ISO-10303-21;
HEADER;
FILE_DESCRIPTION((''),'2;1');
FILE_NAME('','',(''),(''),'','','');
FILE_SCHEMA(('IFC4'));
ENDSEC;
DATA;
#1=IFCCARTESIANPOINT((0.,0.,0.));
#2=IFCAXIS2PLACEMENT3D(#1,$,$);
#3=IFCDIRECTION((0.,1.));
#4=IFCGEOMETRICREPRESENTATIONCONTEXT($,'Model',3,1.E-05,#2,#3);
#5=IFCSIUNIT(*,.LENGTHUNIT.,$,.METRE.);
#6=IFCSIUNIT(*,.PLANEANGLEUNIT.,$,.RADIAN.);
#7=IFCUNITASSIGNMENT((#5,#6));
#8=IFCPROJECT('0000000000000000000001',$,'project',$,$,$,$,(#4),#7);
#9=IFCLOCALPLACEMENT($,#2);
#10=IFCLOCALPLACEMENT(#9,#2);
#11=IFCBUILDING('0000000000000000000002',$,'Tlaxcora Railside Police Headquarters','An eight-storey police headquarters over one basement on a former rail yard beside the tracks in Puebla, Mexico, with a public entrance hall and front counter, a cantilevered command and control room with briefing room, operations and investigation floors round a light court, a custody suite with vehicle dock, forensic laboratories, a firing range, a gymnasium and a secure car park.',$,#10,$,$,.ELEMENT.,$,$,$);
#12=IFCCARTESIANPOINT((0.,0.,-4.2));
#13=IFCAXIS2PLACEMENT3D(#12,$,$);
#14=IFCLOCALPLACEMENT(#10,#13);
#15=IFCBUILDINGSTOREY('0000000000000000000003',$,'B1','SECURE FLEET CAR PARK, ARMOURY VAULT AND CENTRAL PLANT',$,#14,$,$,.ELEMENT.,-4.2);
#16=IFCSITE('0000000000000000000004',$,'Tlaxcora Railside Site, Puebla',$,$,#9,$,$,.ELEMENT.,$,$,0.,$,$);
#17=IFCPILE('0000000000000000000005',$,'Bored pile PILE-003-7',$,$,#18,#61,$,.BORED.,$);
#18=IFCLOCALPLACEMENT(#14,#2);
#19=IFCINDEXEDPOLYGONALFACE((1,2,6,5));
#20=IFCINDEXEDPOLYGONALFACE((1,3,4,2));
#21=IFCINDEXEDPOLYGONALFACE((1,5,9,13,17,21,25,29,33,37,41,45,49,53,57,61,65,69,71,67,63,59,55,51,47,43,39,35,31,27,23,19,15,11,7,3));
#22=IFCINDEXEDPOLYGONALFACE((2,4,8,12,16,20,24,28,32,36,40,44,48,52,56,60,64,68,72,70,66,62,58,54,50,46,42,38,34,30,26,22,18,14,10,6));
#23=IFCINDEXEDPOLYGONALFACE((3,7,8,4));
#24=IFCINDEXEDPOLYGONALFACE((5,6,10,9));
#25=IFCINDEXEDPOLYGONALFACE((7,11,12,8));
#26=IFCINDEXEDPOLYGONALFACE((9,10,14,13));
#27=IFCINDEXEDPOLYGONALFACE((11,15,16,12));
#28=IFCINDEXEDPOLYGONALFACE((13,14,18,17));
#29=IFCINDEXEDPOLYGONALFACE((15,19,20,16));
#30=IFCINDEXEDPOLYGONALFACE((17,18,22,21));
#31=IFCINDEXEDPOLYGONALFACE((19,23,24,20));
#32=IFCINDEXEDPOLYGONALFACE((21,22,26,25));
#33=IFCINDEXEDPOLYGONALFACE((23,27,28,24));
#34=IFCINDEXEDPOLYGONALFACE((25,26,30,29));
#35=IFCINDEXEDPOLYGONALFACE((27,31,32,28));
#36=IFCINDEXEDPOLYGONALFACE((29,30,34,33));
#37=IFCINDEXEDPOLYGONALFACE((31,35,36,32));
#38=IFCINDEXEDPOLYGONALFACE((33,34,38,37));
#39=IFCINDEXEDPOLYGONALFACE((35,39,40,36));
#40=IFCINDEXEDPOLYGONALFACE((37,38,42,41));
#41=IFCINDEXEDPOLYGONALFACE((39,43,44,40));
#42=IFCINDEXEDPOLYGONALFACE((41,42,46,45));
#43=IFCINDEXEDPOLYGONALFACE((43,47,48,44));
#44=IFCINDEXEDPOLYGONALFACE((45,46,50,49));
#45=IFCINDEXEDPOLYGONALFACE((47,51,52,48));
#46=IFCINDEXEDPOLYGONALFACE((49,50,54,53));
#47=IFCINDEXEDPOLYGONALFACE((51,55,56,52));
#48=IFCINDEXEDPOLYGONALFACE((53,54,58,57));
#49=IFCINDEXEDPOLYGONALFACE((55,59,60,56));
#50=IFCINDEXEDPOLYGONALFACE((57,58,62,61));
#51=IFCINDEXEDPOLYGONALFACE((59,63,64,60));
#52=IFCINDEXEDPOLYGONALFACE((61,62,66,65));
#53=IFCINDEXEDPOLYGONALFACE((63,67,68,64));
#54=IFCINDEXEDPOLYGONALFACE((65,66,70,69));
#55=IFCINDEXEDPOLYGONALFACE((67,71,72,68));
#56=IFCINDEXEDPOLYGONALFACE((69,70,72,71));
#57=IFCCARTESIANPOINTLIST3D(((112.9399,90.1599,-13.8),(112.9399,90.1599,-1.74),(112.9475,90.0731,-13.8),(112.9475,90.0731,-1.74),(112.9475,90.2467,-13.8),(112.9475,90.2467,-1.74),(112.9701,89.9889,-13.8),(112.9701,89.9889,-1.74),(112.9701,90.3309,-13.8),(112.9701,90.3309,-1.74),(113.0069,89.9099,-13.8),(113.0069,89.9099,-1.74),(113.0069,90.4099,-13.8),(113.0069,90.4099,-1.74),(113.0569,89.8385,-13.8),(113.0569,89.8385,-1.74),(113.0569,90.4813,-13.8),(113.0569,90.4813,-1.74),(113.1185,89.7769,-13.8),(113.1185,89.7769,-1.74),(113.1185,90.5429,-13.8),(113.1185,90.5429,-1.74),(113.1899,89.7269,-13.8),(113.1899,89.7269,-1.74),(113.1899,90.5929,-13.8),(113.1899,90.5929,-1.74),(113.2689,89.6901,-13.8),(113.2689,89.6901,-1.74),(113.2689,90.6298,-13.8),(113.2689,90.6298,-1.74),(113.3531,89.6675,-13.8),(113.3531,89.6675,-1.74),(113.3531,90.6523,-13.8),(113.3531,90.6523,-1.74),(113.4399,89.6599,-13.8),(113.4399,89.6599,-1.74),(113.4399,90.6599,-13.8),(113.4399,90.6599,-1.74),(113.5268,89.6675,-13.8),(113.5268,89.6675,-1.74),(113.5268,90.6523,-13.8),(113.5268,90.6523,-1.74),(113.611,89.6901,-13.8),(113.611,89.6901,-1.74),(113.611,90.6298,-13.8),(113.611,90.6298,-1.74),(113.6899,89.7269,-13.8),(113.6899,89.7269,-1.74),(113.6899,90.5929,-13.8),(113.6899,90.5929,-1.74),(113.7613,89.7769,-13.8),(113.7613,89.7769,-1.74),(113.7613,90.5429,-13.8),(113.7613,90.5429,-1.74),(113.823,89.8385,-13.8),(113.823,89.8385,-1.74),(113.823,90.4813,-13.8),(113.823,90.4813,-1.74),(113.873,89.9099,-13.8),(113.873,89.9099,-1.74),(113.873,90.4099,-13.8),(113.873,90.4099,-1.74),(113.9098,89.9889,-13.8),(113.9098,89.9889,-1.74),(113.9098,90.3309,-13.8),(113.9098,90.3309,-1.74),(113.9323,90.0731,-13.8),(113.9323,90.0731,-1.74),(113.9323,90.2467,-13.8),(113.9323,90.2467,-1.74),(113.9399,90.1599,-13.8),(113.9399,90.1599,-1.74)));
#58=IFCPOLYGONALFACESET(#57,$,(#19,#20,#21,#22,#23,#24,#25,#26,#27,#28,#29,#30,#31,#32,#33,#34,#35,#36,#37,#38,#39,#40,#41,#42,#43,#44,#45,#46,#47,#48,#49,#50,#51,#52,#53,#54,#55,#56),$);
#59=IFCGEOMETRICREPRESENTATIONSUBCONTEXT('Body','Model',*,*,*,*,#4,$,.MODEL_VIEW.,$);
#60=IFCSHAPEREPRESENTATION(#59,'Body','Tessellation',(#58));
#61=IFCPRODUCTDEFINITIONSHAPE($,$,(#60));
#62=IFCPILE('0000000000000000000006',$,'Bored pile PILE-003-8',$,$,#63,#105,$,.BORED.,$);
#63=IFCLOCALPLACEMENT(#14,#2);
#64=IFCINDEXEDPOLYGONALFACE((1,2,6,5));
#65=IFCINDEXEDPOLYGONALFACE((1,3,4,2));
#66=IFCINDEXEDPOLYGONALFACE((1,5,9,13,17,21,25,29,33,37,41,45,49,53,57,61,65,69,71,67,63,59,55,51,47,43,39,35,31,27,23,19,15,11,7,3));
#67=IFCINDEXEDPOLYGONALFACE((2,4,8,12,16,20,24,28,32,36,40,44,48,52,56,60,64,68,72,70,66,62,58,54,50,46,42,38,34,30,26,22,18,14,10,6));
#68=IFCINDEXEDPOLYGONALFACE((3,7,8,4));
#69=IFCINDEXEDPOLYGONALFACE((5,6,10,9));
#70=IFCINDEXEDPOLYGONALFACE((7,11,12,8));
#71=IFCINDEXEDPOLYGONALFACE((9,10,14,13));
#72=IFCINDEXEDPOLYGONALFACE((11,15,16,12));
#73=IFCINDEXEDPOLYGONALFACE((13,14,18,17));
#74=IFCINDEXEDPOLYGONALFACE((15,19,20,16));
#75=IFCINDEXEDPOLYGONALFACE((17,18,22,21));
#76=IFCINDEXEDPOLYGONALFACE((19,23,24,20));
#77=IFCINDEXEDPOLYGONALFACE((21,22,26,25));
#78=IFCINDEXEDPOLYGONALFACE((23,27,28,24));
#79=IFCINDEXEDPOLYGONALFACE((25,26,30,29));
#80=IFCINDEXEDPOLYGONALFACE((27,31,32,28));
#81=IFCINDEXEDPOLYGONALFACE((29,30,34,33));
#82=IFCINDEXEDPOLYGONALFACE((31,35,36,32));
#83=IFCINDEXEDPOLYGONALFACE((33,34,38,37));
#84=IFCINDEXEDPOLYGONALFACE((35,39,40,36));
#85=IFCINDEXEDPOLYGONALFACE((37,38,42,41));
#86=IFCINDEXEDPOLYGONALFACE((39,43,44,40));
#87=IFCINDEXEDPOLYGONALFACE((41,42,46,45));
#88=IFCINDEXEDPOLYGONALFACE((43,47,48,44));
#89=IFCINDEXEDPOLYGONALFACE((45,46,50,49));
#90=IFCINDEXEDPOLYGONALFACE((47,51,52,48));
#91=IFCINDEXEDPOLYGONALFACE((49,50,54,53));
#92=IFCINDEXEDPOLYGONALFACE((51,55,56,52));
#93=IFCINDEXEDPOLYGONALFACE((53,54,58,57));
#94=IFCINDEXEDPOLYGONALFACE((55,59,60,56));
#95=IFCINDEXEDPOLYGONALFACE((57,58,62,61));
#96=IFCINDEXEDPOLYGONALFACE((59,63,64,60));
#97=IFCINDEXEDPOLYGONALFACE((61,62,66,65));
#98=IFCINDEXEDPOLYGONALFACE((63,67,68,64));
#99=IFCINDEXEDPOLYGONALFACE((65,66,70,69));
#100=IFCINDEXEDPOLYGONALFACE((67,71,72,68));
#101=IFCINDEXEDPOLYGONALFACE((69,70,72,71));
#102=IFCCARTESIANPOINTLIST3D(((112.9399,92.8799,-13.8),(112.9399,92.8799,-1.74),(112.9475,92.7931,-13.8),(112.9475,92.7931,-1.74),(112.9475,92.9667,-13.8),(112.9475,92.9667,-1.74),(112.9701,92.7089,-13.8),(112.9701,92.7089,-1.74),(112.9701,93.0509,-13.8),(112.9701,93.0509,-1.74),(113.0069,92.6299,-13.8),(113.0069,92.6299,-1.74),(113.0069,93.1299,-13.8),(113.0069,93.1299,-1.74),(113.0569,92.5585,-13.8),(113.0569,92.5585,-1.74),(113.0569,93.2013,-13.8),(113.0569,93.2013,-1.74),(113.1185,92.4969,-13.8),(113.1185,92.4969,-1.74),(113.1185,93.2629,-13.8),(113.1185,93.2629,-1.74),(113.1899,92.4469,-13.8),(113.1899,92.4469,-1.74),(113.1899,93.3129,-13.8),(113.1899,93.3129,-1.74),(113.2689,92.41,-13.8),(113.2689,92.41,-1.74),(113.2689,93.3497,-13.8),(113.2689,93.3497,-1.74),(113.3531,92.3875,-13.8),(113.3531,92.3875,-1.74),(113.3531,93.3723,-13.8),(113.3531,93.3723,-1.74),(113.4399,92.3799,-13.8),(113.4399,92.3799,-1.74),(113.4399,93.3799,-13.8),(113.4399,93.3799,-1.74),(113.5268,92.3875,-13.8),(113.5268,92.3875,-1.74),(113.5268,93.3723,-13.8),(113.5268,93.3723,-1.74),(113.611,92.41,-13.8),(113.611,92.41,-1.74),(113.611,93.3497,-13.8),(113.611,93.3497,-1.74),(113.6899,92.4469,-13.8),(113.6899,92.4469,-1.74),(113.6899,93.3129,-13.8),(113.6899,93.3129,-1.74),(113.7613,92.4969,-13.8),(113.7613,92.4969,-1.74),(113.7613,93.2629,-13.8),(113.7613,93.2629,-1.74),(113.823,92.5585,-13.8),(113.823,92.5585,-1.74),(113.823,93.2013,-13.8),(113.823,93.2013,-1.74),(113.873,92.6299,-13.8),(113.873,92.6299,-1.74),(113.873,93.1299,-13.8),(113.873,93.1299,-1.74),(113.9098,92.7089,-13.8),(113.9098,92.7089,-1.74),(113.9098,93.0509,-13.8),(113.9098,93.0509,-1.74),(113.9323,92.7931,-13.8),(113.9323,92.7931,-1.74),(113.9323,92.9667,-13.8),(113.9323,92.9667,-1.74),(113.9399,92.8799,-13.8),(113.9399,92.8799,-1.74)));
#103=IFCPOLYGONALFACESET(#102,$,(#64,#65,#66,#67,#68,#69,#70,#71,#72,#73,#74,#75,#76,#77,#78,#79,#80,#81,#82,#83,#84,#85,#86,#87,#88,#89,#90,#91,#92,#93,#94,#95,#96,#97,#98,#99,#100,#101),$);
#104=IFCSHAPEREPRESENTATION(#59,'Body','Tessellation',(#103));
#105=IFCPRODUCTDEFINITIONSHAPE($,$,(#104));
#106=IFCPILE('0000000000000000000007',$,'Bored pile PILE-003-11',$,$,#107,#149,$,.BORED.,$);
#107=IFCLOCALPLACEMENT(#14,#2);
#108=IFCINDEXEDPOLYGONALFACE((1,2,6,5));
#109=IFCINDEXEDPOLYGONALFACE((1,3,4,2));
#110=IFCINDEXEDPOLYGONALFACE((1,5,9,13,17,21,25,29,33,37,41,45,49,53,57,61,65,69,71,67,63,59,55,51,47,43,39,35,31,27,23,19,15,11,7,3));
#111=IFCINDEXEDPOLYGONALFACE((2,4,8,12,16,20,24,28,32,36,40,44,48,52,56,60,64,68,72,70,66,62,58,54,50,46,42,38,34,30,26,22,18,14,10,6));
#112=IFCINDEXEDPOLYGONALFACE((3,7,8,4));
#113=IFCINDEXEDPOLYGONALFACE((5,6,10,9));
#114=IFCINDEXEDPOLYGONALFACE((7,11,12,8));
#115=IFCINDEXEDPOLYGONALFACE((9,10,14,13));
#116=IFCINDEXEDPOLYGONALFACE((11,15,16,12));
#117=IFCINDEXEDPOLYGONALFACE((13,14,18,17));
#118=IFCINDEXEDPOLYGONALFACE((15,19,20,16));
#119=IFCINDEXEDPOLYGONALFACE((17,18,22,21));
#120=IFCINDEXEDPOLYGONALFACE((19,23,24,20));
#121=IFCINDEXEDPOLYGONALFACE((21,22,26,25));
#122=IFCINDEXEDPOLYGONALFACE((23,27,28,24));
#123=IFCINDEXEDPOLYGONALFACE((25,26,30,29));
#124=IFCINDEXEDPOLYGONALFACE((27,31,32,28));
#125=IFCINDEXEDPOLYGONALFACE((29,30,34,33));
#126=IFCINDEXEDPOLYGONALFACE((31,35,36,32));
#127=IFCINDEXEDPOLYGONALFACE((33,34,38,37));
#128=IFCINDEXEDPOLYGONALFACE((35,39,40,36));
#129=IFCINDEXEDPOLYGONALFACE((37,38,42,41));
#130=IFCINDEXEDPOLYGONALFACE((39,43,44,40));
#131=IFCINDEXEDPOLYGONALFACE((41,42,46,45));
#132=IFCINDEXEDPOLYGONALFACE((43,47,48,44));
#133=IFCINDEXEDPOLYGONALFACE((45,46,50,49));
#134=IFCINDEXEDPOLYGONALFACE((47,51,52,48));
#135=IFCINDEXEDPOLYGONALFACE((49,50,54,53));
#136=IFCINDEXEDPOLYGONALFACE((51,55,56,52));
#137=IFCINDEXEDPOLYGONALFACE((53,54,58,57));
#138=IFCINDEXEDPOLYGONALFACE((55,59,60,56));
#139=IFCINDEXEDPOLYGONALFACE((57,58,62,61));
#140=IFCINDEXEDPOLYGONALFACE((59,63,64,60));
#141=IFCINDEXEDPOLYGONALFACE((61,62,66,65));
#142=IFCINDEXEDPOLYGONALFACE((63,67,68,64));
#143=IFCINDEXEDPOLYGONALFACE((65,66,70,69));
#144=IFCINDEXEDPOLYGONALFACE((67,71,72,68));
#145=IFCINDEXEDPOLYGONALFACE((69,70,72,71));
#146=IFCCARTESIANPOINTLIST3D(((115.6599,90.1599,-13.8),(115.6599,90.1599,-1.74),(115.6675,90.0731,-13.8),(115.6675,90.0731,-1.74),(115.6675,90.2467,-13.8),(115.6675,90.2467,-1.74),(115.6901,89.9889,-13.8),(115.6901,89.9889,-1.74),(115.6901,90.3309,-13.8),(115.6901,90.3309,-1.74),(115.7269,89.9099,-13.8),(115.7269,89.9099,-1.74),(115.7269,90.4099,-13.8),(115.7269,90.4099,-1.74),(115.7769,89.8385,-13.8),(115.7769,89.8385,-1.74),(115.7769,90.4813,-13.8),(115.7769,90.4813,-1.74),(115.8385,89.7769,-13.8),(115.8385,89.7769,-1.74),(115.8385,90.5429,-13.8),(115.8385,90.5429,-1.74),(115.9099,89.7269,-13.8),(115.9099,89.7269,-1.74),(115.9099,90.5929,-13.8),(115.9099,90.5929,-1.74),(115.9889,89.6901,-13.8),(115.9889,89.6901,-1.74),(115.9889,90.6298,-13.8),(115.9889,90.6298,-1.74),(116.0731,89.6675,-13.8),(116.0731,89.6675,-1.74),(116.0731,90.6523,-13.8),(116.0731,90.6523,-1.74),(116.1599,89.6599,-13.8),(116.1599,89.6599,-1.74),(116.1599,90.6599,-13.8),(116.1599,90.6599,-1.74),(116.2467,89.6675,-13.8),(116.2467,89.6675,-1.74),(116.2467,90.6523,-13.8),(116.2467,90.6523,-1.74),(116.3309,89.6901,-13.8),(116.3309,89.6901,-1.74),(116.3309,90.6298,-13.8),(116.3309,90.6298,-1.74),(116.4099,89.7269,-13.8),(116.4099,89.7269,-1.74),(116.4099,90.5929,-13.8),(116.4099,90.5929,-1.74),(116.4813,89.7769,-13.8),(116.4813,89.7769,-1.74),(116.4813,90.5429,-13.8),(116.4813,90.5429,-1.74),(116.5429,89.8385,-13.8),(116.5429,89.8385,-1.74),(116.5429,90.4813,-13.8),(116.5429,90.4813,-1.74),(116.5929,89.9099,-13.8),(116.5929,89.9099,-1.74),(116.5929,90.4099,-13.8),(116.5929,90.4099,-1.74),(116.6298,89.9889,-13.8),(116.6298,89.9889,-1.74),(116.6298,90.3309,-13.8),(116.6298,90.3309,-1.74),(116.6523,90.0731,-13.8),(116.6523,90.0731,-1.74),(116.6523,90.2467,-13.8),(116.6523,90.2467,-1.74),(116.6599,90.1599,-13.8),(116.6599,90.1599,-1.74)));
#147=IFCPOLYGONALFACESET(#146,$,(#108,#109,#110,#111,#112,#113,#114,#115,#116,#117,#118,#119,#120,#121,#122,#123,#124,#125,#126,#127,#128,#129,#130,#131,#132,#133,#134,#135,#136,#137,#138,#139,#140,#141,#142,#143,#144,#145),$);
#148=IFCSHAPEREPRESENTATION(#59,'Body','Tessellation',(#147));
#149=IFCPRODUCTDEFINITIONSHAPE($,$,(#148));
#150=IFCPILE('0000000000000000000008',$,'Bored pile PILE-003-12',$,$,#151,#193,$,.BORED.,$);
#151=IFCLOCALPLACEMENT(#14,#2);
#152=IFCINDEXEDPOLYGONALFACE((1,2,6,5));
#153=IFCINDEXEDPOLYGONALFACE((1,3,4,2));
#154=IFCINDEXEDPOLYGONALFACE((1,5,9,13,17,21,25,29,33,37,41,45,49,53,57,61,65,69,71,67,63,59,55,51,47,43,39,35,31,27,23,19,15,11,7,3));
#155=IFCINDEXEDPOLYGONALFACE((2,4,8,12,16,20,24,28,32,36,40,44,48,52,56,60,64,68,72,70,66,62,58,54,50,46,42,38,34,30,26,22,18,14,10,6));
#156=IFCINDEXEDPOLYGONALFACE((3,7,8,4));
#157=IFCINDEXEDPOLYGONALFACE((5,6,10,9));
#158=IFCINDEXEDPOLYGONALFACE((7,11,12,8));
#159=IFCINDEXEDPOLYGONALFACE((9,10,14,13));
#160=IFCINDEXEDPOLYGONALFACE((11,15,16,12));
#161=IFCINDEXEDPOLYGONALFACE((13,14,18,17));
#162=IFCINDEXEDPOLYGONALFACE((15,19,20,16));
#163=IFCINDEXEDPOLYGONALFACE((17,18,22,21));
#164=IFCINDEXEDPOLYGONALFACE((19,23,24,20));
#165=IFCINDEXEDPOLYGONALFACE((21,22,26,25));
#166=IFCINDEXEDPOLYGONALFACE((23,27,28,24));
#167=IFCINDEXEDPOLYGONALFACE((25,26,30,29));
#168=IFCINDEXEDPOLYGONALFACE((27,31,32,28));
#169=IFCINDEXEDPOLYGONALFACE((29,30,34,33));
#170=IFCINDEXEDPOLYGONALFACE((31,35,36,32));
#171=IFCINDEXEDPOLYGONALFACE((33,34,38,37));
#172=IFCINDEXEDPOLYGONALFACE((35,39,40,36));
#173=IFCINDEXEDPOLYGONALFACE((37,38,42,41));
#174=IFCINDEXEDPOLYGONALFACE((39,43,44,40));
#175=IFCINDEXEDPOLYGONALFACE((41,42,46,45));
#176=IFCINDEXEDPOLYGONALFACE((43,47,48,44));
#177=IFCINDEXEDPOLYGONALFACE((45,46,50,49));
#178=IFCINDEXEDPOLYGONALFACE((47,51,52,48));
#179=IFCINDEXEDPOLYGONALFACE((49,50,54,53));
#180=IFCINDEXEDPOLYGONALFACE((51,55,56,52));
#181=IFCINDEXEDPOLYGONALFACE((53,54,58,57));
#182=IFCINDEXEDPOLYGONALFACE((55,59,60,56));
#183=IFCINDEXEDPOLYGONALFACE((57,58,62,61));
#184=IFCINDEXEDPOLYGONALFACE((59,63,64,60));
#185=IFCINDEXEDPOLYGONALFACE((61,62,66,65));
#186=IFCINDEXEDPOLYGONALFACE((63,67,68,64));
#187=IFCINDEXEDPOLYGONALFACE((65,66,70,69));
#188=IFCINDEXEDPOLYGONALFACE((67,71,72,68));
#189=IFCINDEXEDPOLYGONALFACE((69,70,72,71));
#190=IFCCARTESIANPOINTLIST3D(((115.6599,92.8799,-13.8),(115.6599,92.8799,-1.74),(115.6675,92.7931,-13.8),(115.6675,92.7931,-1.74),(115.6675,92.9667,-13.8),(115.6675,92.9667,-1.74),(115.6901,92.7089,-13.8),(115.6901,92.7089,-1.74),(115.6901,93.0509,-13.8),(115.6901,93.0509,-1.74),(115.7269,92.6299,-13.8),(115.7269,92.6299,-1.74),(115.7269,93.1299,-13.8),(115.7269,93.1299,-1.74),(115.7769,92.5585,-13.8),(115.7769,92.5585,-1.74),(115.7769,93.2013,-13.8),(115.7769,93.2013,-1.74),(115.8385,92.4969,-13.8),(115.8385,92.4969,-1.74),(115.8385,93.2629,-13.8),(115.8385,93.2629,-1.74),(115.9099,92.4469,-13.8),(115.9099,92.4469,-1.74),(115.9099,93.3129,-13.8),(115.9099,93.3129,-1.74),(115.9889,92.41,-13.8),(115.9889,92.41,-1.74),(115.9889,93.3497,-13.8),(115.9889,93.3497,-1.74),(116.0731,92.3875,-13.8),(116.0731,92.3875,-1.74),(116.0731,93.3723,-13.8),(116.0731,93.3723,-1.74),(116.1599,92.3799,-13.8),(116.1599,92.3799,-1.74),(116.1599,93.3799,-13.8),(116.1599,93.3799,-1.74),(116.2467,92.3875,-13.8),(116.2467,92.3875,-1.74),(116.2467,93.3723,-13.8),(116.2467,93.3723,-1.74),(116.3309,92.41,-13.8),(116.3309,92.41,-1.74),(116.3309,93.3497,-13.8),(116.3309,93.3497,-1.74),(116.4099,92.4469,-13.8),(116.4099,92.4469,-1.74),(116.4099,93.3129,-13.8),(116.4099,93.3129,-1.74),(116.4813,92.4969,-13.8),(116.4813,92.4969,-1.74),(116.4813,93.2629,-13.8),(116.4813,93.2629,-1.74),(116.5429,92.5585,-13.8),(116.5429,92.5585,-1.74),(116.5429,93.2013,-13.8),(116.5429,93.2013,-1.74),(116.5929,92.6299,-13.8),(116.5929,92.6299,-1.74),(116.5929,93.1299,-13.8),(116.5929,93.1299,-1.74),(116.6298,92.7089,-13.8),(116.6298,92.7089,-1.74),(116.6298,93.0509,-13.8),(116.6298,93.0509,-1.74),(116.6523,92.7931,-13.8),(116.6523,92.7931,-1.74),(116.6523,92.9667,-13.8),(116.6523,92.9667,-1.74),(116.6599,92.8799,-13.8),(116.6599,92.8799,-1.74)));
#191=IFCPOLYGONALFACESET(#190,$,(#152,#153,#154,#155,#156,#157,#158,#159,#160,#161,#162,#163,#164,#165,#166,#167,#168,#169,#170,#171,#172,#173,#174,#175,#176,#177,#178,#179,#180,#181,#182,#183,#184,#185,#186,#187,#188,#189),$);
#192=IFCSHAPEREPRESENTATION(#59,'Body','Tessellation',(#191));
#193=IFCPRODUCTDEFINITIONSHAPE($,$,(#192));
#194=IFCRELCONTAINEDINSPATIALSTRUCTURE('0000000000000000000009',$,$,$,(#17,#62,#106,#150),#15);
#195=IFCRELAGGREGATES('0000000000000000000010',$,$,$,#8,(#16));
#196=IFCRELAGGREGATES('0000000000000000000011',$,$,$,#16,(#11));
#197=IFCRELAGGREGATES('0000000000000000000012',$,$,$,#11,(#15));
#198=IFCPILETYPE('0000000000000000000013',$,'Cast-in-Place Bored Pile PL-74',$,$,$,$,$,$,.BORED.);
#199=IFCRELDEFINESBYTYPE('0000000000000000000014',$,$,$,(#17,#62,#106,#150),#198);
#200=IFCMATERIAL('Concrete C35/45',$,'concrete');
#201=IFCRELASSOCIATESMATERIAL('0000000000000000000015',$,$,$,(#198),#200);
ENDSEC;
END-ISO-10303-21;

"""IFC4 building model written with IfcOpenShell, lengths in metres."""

from ifc_helpers import new_model, si_unit, direction, frame, origin, origin_2d, place, context, subcontext, project, spatial, circle, extrude, material, material_profile, profile_set, type_object, element, save


model = new_model("IFC4")

# Units and contexts
model_context = context("Model", 3, precision=1e-05, world=origin(), true_north=direction((0.0, 1.0)))
body_context = subcontext(model_context, "Body", "Model", "MODEL_VIEW")
ifc_project = project(units=[si_unit("LENGTHUNIT", "METRE"), si_unit("PLANEANGLEUNIT", "RADIAN")], contexts=[model_context])

# Site, building, storey
site_placement = place(None, origin())
site = spatial("IfcSite", under=ifc_project, at=site_placement, Name="Tlaxcora Railside Site, Puebla", CompositionType="ELEMENT", RefElevation=0.0)
building_placement = place(site_placement, origin())
building = spatial("IfcBuilding", under=site, at=building_placement, Name="Tlaxcora Railside Police Headquarters", Description="An eight-storey police headquarters over one basement on a former rail yard beside the tracks in Puebla, Mexico, with a public entrance hall and front counter, a cantilevered command and control room with briefing room, operations and investigation floors round a light court, a custody suite with vehicle dock, forensic laboratories, a firing range, a gymnasium and a secure car park.", CompositionType="ELEMENT")
storey_placement = place(building_placement, frame((0.0, 0.0, -4.2)))
storey = spatial("IfcBuildingStorey", under=building, at=storey_placement, Name="B1", Description="SECURE FLEET CAR PARK, ARMOURY VAULT AND CENTRAL PLANT", CompositionType="ELEMENT", Elevation=-4.2)

# Piles
ifc_material_1 = material(Name="Concrete C35/45", Category="concrete")
ifc_material_profile_1 = material_profile(ifc_material_1, circle(Radius=0.5, at=origin_2d()), Name="PILE1000")
ifc_profile_set_1 = profile_set([ifc_material_profile_1], Name="Concrete C35/45")
pile_type = type_object("IfcPileType", Name="Cast-in-Place Bored Pile PL-74", PredefinedType="BORED", material=ifc_profile_set_1)
for number, where, z_axis, x_axis, name in (
    (1, (113.4399, 90.1599, -1.74), (0.0, 0.0, -1.0), (1.0, 0.0, 0.0), "Bored pile PILE-003-7"),
    (2, (113.4399, 92.8799, -1.74), (0.0, 0.0, -1.0), (1.0, 0.0, 0.0), "Bored pile PILE-003-8"),
    (3, (116.1599, 90.1599, -1.74), (0.0, 0.0, -1.0), (1.0, 0.0, 0.0), "Bored pile PILE-003-11"),
    (4, (116.1599, 92.8799, -1.74), (0.0, 0.0, -1.0), (1.0, 0.0, 0.0), "Bored pile PILE-003-12"),
):
    element("IfcPile", number, at=place(storey_placement, frame(where, z_axis=z_axis, x_axis=x_axis)), inside=storey, type_object=pile_type, Name=name, PredefinedType="BORED", context=body_context, shape_type="SweptSolid", body=[
        extrude(circle(Radius=0.5, at=origin_2d()), origin(), (0.0, 0.0, 1.0), 12.0601),
    ])

save(model, "model.ifc")
